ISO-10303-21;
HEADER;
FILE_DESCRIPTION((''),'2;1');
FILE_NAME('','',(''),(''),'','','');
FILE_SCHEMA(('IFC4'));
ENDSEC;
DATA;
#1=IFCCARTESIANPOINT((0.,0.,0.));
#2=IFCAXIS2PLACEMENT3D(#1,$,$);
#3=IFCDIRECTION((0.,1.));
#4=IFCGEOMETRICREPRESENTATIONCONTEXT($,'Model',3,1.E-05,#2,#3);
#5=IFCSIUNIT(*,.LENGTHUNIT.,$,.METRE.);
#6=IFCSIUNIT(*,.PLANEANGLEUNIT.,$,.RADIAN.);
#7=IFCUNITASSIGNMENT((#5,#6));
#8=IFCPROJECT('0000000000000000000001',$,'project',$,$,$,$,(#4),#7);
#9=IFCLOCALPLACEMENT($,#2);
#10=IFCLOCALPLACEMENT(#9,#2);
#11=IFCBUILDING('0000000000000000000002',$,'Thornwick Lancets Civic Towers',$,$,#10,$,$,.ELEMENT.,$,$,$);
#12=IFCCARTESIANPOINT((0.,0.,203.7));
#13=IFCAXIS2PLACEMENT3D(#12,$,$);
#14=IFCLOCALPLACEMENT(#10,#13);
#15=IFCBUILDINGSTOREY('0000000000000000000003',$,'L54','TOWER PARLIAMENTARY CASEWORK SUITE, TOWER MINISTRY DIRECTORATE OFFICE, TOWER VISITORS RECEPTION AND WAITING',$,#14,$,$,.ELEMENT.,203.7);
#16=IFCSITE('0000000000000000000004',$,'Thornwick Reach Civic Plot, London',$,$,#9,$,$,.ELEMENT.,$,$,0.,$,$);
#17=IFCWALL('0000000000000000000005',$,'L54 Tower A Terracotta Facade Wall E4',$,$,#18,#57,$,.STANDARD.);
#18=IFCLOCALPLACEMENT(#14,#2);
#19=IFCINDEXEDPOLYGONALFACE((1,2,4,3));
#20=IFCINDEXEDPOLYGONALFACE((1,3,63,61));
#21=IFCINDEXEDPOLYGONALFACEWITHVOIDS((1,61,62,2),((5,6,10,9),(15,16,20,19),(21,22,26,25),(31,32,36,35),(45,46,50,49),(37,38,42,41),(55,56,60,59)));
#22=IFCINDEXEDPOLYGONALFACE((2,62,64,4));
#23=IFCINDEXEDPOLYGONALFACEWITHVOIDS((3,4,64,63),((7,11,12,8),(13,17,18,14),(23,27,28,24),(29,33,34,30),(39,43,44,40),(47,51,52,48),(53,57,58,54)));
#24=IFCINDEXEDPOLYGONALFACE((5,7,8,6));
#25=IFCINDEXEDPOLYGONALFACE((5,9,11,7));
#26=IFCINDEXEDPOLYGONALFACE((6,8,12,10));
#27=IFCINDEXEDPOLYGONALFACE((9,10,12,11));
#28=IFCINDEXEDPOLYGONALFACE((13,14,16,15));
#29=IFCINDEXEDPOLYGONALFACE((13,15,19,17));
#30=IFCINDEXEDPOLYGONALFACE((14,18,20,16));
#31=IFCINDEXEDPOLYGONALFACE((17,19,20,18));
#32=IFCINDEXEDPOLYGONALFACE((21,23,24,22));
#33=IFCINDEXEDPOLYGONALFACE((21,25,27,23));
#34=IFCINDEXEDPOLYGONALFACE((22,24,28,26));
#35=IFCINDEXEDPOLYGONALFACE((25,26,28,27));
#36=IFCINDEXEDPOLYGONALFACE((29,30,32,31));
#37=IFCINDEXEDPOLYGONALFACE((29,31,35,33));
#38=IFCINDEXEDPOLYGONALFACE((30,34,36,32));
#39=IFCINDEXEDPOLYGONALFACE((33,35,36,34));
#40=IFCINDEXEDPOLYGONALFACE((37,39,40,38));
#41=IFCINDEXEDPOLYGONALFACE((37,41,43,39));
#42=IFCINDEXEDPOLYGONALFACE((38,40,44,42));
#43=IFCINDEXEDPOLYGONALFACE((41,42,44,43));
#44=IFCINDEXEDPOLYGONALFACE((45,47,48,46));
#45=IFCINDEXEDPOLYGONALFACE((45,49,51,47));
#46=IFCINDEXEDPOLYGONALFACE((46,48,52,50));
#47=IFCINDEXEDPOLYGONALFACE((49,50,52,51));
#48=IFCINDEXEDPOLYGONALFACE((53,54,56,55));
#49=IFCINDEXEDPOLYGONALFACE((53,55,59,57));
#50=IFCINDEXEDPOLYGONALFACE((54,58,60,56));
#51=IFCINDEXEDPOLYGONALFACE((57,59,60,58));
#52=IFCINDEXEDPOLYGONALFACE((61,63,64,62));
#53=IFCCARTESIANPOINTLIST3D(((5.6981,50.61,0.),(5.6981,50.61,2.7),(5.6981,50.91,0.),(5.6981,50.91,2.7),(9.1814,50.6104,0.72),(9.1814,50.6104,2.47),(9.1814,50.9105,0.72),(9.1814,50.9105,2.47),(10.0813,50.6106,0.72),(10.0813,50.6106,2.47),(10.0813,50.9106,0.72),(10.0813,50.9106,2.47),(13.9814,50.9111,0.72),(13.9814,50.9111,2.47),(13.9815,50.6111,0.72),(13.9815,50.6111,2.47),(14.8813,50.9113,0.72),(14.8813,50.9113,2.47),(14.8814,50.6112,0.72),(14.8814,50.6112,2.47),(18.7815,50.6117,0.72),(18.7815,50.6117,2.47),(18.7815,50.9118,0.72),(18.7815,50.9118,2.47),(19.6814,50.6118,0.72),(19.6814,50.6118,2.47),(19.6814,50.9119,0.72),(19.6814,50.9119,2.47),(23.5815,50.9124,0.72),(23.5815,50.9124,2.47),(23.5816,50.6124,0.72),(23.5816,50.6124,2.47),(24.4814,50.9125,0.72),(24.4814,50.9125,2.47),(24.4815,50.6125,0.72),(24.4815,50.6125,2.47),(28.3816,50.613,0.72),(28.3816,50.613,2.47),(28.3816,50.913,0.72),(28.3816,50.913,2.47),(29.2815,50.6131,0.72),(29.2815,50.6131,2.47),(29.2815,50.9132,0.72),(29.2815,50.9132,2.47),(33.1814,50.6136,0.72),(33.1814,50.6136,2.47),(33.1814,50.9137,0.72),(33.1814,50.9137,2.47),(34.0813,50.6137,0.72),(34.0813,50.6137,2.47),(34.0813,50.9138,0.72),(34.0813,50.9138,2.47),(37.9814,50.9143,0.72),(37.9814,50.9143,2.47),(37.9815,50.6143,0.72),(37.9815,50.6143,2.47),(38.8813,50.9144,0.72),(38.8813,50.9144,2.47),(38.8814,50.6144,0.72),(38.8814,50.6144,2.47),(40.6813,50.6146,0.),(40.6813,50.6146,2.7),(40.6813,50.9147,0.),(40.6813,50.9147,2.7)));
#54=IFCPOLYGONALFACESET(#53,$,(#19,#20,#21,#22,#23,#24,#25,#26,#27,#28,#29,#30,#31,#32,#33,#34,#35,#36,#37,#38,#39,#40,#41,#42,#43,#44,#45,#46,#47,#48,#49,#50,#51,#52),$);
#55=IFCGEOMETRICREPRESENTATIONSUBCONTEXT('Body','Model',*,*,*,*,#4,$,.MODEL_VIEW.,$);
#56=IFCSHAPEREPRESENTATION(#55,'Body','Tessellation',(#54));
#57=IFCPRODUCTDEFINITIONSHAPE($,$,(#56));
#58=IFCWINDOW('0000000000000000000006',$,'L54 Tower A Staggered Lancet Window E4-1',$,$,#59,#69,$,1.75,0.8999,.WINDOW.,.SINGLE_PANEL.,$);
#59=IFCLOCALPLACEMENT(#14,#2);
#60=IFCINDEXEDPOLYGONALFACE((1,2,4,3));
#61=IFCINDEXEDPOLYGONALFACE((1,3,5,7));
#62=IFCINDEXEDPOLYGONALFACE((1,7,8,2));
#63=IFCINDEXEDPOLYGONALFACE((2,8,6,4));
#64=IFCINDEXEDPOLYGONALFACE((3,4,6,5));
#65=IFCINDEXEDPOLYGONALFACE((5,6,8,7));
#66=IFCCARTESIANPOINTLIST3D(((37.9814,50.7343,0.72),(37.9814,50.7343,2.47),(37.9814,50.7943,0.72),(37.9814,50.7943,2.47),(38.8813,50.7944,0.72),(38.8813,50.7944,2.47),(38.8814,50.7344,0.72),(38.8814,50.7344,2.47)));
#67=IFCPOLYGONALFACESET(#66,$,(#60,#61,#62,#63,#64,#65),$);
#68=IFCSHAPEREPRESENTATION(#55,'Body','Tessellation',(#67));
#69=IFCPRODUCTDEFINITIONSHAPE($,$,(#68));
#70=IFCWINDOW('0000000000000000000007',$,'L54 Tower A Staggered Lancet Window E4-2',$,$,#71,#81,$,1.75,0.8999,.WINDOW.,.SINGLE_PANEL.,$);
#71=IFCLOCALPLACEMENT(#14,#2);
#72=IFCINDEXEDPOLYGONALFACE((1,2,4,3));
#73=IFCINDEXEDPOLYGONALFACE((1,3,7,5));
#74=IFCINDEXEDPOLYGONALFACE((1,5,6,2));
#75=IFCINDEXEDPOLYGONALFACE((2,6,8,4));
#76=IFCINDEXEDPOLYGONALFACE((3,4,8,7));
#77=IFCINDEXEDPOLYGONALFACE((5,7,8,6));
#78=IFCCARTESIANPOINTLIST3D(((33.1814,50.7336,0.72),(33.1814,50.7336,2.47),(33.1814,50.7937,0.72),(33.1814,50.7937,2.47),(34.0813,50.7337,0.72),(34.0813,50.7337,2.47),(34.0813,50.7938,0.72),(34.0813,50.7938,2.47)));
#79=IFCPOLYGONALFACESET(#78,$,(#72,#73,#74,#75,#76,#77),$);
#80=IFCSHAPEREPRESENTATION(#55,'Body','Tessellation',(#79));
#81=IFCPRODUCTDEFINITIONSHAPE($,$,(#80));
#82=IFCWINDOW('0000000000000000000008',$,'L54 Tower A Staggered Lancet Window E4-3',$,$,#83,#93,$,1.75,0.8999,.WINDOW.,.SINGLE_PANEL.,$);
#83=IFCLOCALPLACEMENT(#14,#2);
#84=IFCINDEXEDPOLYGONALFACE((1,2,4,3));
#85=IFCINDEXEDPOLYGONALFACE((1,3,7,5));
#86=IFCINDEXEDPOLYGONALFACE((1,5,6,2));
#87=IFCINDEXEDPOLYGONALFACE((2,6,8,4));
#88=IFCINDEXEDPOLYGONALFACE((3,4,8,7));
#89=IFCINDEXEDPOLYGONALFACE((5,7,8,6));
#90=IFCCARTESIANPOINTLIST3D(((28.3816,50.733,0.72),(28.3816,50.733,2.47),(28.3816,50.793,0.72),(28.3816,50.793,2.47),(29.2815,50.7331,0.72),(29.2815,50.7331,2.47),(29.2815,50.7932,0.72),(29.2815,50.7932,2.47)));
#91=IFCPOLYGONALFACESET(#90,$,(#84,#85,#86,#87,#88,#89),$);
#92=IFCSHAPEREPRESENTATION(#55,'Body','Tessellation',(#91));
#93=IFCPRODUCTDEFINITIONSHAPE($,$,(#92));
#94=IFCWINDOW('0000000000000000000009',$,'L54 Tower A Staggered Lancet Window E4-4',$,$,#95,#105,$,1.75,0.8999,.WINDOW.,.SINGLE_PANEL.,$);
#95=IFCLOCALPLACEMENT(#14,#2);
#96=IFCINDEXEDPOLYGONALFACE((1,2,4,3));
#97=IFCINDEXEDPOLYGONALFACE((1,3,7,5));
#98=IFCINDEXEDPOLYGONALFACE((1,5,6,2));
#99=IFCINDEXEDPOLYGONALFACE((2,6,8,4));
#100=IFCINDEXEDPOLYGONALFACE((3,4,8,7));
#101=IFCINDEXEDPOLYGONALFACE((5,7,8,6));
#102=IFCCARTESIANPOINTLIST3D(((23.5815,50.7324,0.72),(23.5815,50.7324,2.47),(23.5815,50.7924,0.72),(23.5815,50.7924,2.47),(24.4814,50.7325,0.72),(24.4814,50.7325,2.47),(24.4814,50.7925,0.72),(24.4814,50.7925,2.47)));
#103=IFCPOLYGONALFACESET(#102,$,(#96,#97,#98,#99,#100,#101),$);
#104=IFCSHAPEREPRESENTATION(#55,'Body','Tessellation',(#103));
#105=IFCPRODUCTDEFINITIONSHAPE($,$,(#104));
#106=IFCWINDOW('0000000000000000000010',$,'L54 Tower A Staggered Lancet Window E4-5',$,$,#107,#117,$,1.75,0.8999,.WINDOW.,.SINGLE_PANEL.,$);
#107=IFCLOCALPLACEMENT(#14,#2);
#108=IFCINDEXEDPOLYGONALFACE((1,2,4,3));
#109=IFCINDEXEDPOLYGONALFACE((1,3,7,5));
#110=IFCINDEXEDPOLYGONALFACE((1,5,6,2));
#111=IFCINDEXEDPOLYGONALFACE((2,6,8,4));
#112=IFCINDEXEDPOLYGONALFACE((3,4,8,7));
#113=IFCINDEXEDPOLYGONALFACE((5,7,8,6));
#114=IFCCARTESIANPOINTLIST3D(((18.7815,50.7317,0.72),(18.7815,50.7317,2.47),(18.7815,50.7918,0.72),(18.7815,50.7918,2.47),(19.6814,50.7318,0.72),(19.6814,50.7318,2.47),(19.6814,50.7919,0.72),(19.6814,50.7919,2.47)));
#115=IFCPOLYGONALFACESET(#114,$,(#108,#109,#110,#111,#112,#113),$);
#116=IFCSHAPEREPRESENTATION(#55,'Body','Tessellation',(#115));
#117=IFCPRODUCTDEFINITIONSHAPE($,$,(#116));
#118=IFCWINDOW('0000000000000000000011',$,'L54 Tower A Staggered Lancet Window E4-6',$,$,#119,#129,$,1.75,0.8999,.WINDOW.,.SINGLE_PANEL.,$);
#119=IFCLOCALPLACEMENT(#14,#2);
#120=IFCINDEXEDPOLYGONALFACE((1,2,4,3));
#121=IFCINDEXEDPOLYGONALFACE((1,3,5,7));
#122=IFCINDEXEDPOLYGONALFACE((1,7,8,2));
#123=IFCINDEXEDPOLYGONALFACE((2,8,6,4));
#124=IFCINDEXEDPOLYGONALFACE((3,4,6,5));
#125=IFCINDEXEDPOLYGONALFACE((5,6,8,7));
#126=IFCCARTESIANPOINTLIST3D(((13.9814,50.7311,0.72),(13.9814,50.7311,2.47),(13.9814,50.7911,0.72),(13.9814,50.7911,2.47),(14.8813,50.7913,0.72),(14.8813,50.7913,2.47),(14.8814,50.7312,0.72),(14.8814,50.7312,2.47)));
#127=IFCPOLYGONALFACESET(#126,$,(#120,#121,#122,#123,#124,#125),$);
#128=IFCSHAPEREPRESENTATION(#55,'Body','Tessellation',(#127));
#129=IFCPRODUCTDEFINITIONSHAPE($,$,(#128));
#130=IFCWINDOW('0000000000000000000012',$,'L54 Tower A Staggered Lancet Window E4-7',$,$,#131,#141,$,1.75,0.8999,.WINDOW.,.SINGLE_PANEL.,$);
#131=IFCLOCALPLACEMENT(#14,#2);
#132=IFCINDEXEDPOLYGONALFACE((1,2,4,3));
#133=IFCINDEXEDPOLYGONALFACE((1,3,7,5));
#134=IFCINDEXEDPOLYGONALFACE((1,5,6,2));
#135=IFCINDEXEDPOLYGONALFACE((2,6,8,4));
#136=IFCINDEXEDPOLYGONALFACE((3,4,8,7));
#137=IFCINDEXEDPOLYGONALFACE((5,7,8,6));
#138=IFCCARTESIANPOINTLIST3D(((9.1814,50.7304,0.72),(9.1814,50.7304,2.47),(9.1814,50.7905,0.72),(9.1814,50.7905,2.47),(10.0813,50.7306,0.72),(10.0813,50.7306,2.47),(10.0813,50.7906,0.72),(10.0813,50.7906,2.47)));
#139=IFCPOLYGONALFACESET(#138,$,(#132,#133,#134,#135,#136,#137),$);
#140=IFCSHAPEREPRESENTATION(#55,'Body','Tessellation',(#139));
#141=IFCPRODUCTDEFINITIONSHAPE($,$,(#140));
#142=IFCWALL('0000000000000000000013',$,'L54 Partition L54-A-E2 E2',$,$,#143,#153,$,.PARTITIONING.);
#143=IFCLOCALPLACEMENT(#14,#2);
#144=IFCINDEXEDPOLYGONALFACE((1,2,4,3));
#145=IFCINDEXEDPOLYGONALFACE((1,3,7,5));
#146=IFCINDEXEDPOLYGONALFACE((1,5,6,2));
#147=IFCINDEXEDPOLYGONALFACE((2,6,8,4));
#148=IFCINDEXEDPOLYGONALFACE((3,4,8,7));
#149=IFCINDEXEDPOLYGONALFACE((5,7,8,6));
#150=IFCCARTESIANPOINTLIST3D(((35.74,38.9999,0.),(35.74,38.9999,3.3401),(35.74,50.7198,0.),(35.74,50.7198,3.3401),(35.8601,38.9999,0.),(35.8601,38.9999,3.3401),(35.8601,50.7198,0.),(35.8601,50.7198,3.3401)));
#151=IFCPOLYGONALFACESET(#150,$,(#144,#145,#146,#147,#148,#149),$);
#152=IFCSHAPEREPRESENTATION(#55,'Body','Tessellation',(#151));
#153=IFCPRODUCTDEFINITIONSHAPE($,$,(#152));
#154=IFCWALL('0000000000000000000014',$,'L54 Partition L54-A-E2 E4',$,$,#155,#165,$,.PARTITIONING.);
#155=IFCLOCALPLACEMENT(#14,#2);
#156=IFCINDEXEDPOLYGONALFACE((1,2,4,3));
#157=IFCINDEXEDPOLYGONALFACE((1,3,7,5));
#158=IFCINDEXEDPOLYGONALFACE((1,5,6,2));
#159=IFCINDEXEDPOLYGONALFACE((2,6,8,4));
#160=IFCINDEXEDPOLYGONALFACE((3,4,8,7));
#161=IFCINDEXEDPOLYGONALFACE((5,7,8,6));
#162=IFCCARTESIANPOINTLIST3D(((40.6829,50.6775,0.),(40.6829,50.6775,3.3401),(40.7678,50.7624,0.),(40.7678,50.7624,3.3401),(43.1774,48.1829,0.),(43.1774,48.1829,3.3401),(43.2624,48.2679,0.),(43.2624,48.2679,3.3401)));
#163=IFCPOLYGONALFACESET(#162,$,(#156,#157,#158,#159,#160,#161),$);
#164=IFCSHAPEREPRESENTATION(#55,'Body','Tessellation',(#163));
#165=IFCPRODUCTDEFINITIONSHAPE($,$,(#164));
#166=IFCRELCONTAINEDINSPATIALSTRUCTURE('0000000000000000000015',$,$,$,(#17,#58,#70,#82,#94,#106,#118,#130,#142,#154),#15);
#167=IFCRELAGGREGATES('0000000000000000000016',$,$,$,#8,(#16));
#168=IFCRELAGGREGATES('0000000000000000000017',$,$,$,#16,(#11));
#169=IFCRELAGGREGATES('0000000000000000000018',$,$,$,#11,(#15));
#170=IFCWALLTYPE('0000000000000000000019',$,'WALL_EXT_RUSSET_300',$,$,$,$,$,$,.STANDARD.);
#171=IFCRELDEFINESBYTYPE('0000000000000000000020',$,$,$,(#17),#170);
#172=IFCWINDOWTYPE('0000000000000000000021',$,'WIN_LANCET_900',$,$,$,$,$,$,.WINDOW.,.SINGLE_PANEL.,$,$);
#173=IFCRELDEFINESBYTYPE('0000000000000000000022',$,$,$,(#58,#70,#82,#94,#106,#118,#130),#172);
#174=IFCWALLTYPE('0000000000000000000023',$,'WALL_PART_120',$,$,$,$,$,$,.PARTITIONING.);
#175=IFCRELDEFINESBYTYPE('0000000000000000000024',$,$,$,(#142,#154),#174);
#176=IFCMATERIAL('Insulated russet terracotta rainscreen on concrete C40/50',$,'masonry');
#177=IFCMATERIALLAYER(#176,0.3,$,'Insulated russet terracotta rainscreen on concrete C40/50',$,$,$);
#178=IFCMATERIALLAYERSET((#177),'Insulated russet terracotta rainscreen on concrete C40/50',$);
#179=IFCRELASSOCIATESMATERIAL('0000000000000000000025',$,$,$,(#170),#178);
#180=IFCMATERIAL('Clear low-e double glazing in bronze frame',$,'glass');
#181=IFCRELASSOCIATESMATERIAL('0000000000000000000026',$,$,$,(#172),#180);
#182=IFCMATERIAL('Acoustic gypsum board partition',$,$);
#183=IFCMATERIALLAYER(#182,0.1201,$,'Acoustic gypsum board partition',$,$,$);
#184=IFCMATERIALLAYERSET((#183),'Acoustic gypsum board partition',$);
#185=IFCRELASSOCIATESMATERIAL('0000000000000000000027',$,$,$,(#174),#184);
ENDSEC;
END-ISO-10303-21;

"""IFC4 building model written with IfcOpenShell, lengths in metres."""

from ifc_helpers import new_model, si_unit, direction, frame, frame_2d, origin, place, context, subcontext, project, spatial, rectangle, extrude, material, layer, layer_set, type_object, element, fill, save


model = new_model("IFC4")

# Units and contexts
model_context = context("Model", 3, precision=1e-05, world=origin(), true_north=direction((0.0, 1.0)))
body_context = subcontext(model_context, "Body", "Model", "MODEL_VIEW")
ifc_project = project(units=[si_unit("LENGTHUNIT", "METRE"), si_unit("PLANEANGLEUNIT", "RADIAN")], contexts=[model_context])

# Site, building, storey
site_placement = place(None, origin())
site = spatial("IfcSite", under=ifc_project, at=site_placement, Name="Thornwick Reach Civic Plot, London", CompositionType="ELEMENT", RefElevation=0.0)
building_placement = place(site_placement, origin())
building = spatial("IfcBuilding", under=site, at=building_placement, Name="Thornwick Lancets Civic Towers", CompositionType="ELEMENT")
storey_placement = place(building_placement, frame((0.0, 0.0, 203.7)))
storey = spatial("IfcBuildingStorey", under=building, at=storey_placement, Name="L54", Description="TOWER PARLIAMENTARY CASEWORK SUITE, TOWER MINISTRY DIRECTORATE OFFICE, TOWER VISITORS RECEPTION AND WAITING", CompositionType="ELEMENT", Elevation=203.7)

# Wall, openings, windows
ifc_material_1 = material(Name="Insulated russet terracotta rainscreen on concrete C40/50", Category="masonry")
ifc_layer_1 = layer(ifc_material_1, 0.3, Name="Insulated russet terracotta rainscreen on concrete C40/50")
ifc_layer_set_1 = layer_set([ifc_layer_1], Name="Insulated russet terracotta rainscreen on concrete C40/50")
wall_type_1 = type_object("IfcWallType", Name="WALL_EXT_RUSSET_300", PredefinedType="STANDARD", material=ifc_layer_set_1)
wall_1_placement = place(storey_placement, frame((40.6814, 50.7646, 0.0), z_axis=(0.0, 0.0, 1.0), x_axis=(-1.0, -0.000133, 0.0)))
wall_1 = element("IfcWall", 1, at=wall_1_placement, inside=storey, type_object=wall_type_1, Name="L54 Tower A Terracotta Facade Wall E4", PredefinedType="STANDARD", context=body_context, shape_type="SweptSolid", body=[
    extrude(rectangle(XDim=34.9832, YDim=0.3, at=frame_2d((17.4917, 0.0))), origin(), (0.0, 0.0, 1.0), 2.7),
])
opening_1_placement = place(wall_1_placement, frame((1.8, 0.0, 0.72)))
opening_1 = element("IfcOpeningElement", 2, at=opening_1_placement, cuts=wall_1, PredefinedType="OPENING", context=body_context, shape_type="SweptSolid", body=[
    extrude(rectangle(XDim=0.8999, YDim=1.75, at=frame_2d((0.45, 0.875))), frame((0.0, 0.1602, 0.0), z_axis=(0.0, -1.0, 0.0), x_axis=(1.0, 0.0, 0.0)), (0.0, 0.0, 1.0), 0.3201),
])
opening_2_placement = place(wall_1_placement, frame((6.6001, 0.0, 0.72)))
opening_2 = element("IfcOpeningElement", 3, at=opening_2_placement, cuts=wall_1, PredefinedType="OPENING", context=body_context, shape_type="SweptSolid", body=[
    extrude(rectangle(XDim=0.8999, YDim=1.75, at=frame_2d((0.45, 0.875))), frame((0.0, 0.1602, 0.0), z_axis=(0.0, -1.0, 0.0), x_axis=(1.0, 0.0, 0.0)), (0.0, 0.0, 1.0), 0.3201),
])
opening_3_placement = place(wall_1_placement, frame((11.3999, 0.0, 0.72)))
opening_3 = element("IfcOpeningElement", 4, at=opening_3_placement, cuts=wall_1, PredefinedType="OPENING", context=body_context, shape_type="SweptSolid", body=[
    extrude(rectangle(XDim=0.8999, YDim=1.75, at=frame_2d((0.45, 0.875))), frame((0.0, 0.1602, 0.0), z_axis=(0.0, -1.0, 0.0), x_axis=(1.0, 0.0, 0.0)), (0.0, 0.0, 1.0), 0.3201),
])
opening_4_placement = place(wall_1_placement, frame((16.2, 0.0, 0.72)))
opening_4 = element("IfcOpeningElement", 5, at=opening_4_placement, cuts=wall_1, PredefinedType="OPENING", context=body_context, shape_type="SweptSolid", body=[
    extrude(rectangle(XDim=0.8999, YDim=1.75, at=frame_2d((0.45, 0.875))), frame((0.0, 0.1602, 0.0), z_axis=(0.0, -1.0, 0.0), x_axis=(1.0, 0.0, 0.0)), (0.0, 0.0, 1.0), 0.3201),
])
opening_5_placement = place(wall_1_placement, frame((21.0, 0.0, 0.72)))
opening_5 = element("IfcOpeningElement", 6, at=opening_5_placement, cuts=wall_1, PredefinedType="OPENING", context=body_context, shape_type="SweptSolid", body=[
    extrude(rectangle(XDim=0.8999, YDim=1.75, at=frame_2d((0.45, 0.875))), frame((0.0, 0.1602, 0.0), z_axis=(0.0, -1.0, 0.0), x_axis=(1.0, 0.0, 0.0)), (0.0, 0.0, 1.0), 0.3201),
])
opening_6_placement = place(wall_1_placement, frame((25.8, 0.0, 0.72)))
opening_6 = element("IfcOpeningElement", 7, at=opening_6_placement, cuts=wall_1, PredefinedType="OPENING", context=body_context, shape_type="SweptSolid", body=[
    extrude(rectangle(XDim=0.8999, YDim=1.75, at=frame_2d((0.45, 0.875))), frame((0.0, 0.1602, 0.0), z_axis=(0.0, -1.0, 0.0), x_axis=(1.0, 0.0, 0.0)), (0.0, 0.0, 1.0), 0.3201),
])
opening_7_placement = place(wall_1_placement, frame((30.6001, 0.0, 0.72)))
opening_7 = element("IfcOpeningElement", 8, at=opening_7_placement, cuts=wall_1, PredefinedType="OPENING", context=body_context, shape_type="SweptSolid", body=[
    extrude(rectangle(XDim=0.8999, YDim=1.75, at=frame_2d((0.45, 0.875))), frame((0.0, 0.1602, 0.0), z_axis=(0.0, -1.0, 0.0), x_axis=(1.0, 0.0, 0.0)), (0.0, 0.0, 1.0), 0.3201),
])
ifc_material_2 = material(Name="Clear low-e double glazing in bronze frame", Category="glass")
window_type = type_object("IfcWindowType", Name="WIN_LANCET_900", PartitioningType="SINGLE_PANEL", PredefinedType="WINDOW", material=ifc_material_2)
window_1_placement = place(opening_1_placement, origin())
window_1 = element("IfcWindow", 9, at=window_1_placement, inside=storey, type_object=window_type, Name="L54 Tower A Staggered Lancet Window E4-1", OverallHeight=1.75, OverallWidth=0.8999, PartitioningType="SINGLE_PANEL", PredefinedType="WINDOW", context=body_context, shape_type="SweptSolid", body=[
    extrude(rectangle(XDim=0.8999, YDim=1.75, at=frame_2d((0.45, 0.875))), frame((0.0, 0.03, 0.0), z_axis=(0.0, -1.0, 0.0), x_axis=(1.0, 0.0, 0.0)), (0.0, 0.0, 1.0), 0.0601),
])
fill(opening_1, window_1)
window_2_placement = place(opening_2_placement, origin())
window_2 = element("IfcWindow", 10, at=window_2_placement, inside=storey, type_object=window_type, Name="L54 Tower A Staggered Lancet Window E4-2", OverallHeight=1.75, OverallWidth=0.8999, PartitioningType="SINGLE_PANEL", PredefinedType="WINDOW", context=body_context, shape_type="SweptSolid", body=[
    extrude(rectangle(XDim=0.8999, YDim=1.75, at=frame_2d((0.45, 0.875))), frame((0.0, 0.03, 0.0), z_axis=(0.0, -1.0, 0.0), x_axis=(1.0, 0.0, 0.0)), (0.0, 0.0, 1.0), 0.0601),
])
fill(opening_2, window_2)
window_3_placement = place(opening_3_placement, origin())
window_3 = element("IfcWindow", 11, at=window_3_placement, inside=storey, type_object=window_type, Name="L54 Tower A Staggered Lancet Window E4-3", OverallHeight=1.75, OverallWidth=0.8999, PartitioningType="SINGLE_PANEL", PredefinedType="WINDOW", context=body_context, shape_type="SweptSolid", body=[
    extrude(rectangle(XDim=0.8999, YDim=1.75, at=frame_2d((0.45, 0.875))), frame((0.0, 0.03, 0.0), z_axis=(0.0, -1.0, 0.0), x_axis=(1.0, 0.0, 0.0)), (0.0, 0.0, 1.0), 0.0601),
])
fill(opening_3, window_3)
window_4_placement = place(opening_4_placement, origin())
window_4 = element("IfcWindow", 12, at=window_4_placement, inside=storey, type_object=window_type, Name="L54 Tower A Staggered Lancet Window E4-4", OverallHeight=1.75, OverallWidth=0.8999, PartitioningType="SINGLE_PANEL", PredefinedType="WINDOW", context=body_context, shape_type="SweptSolid", body=[
    extrude(rectangle(XDim=0.8999, YDim=1.75, at=frame_2d((0.45, 0.875))), frame((0.0, 0.03, 0.0), z_axis=(0.0, -1.0, 0.0), x_axis=(1.0, 0.0, 0.0)), (0.0, 0.0, 1.0), 0.0601),
])
fill(opening_4, window_4)
window_5_placement = place(opening_5_placement, origin())
window_5 = element("IfcWindow", 13, at=window_5_placement, inside=storey, type_object=window_type, Name="L54 Tower A Staggered Lancet Window E4-5", OverallHeight=1.75, OverallWidth=0.8999, PartitioningType="SINGLE_PANEL", PredefinedType="WINDOW", context=body_context, shape_type="SweptSolid", body=[
    extrude(rectangle(XDim=0.8999, YDim=1.75, at=frame_2d((0.45, 0.875))), frame((0.0, 0.03, 0.0), z_axis=(0.0, -1.0, 0.0), x_axis=(1.0, 0.0, 0.0)), (0.0, 0.0, 1.0), 0.0601),
])
fill(opening_5, window_5)
window_6_placement = place(opening_6_placement, origin())
window_6 = element("IfcWindow", 14, at=window_6_placement, inside=storey, type_object=window_type, Name="L54 Tower A Staggered Lancet Window E4-6", OverallHeight=1.75, OverallWidth=0.8999, PartitioningType="SINGLE_PANEL", PredefinedType="WINDOW", context=body_context, shape_type="SweptSolid", body=[
    extrude(rectangle(XDim=0.8999, YDim=1.75, at=frame_2d((0.45, 0.875))), frame((0.0, 0.03, 0.0), z_axis=(0.0, -1.0, 0.0), x_axis=(1.0, 0.0, 0.0)), (0.0, 0.0, 1.0), 0.0601),
])
fill(opening_6, window_6)
window_7_placement = place(opening_7_placement, origin())
window_7 = element("IfcWindow", 15, at=window_7_placement, inside=storey, type_object=window_type, Name="L54 Tower A Staggered Lancet Window E4-7", OverallHeight=1.75, OverallWidth=0.8999, PartitioningType="SINGLE_PANEL", PredefinedType="WINDOW", context=body_context, shape_type="SweptSolid", body=[
    extrude(rectangle(XDim=0.8999, YDim=1.75, at=frame_2d((0.45, 0.875))), frame((0.0, 0.03, 0.0), z_axis=(0.0, -1.0, 0.0), x_axis=(1.0, 0.0, 0.0)), (0.0, 0.0, 1.0), 0.0601),
])
fill(opening_7, window_7)

# Walls
ifc_material_3 = material(Name="Acoustic gypsum board partition")
ifc_layer_2 = layer(ifc_material_3, 0.1201, Name="Acoustic gypsum board partition")
ifc_layer_set_2 = layer_set([ifc_layer_2], Name="Acoustic gypsum board partition")
wall_type_2 = type_object("IfcWallType", Name="WALL_PART_120", PredefinedType="PARTITIONING", material=ifc_layer_set_2)
wall_2_placement = place(storey_placement, frame((35.8, 39.0, 0.0), z_axis=(0.0, 0.0, 1.0), x_axis=(0.0, 1.0, 0.0)))
element("IfcWall", 16, at=wall_2_placement, inside=storey, type_object=wall_type_2, Name="L54 Partition L54-A-E2 E2", PredefinedType="PARTITIONING", context=body_context, shape_type="SweptSolid", body=[
    extrude(rectangle(XDim=11.72, YDim=0.1201, at=frame_2d((5.8599, 0.0))), origin(), (0.0, 0.0, 1.0), 3.3401),
])
wall_3_placement = place(storey_placement, frame((40.7253, 50.72, 0.0), z_axis=(0.0, 0.0, 1.0), x_axis=(0.707107, -0.707107, 0.0)))
element("IfcWall", 17, at=wall_3_placement, inside=storey, type_object=wall_type_2, Name="L54 Partition L54-A-E2 E4", PredefinedType="PARTITIONING", context=body_context, shape_type="SweptSolid", body=[
    extrude(rectangle(XDim=3.5278, YDim=0.1201, at=frame_2d((1.7639, 0.0))), origin(), (0.0, 0.0, 1.0), 3.3401),
])

save(model, "model.ifc")
